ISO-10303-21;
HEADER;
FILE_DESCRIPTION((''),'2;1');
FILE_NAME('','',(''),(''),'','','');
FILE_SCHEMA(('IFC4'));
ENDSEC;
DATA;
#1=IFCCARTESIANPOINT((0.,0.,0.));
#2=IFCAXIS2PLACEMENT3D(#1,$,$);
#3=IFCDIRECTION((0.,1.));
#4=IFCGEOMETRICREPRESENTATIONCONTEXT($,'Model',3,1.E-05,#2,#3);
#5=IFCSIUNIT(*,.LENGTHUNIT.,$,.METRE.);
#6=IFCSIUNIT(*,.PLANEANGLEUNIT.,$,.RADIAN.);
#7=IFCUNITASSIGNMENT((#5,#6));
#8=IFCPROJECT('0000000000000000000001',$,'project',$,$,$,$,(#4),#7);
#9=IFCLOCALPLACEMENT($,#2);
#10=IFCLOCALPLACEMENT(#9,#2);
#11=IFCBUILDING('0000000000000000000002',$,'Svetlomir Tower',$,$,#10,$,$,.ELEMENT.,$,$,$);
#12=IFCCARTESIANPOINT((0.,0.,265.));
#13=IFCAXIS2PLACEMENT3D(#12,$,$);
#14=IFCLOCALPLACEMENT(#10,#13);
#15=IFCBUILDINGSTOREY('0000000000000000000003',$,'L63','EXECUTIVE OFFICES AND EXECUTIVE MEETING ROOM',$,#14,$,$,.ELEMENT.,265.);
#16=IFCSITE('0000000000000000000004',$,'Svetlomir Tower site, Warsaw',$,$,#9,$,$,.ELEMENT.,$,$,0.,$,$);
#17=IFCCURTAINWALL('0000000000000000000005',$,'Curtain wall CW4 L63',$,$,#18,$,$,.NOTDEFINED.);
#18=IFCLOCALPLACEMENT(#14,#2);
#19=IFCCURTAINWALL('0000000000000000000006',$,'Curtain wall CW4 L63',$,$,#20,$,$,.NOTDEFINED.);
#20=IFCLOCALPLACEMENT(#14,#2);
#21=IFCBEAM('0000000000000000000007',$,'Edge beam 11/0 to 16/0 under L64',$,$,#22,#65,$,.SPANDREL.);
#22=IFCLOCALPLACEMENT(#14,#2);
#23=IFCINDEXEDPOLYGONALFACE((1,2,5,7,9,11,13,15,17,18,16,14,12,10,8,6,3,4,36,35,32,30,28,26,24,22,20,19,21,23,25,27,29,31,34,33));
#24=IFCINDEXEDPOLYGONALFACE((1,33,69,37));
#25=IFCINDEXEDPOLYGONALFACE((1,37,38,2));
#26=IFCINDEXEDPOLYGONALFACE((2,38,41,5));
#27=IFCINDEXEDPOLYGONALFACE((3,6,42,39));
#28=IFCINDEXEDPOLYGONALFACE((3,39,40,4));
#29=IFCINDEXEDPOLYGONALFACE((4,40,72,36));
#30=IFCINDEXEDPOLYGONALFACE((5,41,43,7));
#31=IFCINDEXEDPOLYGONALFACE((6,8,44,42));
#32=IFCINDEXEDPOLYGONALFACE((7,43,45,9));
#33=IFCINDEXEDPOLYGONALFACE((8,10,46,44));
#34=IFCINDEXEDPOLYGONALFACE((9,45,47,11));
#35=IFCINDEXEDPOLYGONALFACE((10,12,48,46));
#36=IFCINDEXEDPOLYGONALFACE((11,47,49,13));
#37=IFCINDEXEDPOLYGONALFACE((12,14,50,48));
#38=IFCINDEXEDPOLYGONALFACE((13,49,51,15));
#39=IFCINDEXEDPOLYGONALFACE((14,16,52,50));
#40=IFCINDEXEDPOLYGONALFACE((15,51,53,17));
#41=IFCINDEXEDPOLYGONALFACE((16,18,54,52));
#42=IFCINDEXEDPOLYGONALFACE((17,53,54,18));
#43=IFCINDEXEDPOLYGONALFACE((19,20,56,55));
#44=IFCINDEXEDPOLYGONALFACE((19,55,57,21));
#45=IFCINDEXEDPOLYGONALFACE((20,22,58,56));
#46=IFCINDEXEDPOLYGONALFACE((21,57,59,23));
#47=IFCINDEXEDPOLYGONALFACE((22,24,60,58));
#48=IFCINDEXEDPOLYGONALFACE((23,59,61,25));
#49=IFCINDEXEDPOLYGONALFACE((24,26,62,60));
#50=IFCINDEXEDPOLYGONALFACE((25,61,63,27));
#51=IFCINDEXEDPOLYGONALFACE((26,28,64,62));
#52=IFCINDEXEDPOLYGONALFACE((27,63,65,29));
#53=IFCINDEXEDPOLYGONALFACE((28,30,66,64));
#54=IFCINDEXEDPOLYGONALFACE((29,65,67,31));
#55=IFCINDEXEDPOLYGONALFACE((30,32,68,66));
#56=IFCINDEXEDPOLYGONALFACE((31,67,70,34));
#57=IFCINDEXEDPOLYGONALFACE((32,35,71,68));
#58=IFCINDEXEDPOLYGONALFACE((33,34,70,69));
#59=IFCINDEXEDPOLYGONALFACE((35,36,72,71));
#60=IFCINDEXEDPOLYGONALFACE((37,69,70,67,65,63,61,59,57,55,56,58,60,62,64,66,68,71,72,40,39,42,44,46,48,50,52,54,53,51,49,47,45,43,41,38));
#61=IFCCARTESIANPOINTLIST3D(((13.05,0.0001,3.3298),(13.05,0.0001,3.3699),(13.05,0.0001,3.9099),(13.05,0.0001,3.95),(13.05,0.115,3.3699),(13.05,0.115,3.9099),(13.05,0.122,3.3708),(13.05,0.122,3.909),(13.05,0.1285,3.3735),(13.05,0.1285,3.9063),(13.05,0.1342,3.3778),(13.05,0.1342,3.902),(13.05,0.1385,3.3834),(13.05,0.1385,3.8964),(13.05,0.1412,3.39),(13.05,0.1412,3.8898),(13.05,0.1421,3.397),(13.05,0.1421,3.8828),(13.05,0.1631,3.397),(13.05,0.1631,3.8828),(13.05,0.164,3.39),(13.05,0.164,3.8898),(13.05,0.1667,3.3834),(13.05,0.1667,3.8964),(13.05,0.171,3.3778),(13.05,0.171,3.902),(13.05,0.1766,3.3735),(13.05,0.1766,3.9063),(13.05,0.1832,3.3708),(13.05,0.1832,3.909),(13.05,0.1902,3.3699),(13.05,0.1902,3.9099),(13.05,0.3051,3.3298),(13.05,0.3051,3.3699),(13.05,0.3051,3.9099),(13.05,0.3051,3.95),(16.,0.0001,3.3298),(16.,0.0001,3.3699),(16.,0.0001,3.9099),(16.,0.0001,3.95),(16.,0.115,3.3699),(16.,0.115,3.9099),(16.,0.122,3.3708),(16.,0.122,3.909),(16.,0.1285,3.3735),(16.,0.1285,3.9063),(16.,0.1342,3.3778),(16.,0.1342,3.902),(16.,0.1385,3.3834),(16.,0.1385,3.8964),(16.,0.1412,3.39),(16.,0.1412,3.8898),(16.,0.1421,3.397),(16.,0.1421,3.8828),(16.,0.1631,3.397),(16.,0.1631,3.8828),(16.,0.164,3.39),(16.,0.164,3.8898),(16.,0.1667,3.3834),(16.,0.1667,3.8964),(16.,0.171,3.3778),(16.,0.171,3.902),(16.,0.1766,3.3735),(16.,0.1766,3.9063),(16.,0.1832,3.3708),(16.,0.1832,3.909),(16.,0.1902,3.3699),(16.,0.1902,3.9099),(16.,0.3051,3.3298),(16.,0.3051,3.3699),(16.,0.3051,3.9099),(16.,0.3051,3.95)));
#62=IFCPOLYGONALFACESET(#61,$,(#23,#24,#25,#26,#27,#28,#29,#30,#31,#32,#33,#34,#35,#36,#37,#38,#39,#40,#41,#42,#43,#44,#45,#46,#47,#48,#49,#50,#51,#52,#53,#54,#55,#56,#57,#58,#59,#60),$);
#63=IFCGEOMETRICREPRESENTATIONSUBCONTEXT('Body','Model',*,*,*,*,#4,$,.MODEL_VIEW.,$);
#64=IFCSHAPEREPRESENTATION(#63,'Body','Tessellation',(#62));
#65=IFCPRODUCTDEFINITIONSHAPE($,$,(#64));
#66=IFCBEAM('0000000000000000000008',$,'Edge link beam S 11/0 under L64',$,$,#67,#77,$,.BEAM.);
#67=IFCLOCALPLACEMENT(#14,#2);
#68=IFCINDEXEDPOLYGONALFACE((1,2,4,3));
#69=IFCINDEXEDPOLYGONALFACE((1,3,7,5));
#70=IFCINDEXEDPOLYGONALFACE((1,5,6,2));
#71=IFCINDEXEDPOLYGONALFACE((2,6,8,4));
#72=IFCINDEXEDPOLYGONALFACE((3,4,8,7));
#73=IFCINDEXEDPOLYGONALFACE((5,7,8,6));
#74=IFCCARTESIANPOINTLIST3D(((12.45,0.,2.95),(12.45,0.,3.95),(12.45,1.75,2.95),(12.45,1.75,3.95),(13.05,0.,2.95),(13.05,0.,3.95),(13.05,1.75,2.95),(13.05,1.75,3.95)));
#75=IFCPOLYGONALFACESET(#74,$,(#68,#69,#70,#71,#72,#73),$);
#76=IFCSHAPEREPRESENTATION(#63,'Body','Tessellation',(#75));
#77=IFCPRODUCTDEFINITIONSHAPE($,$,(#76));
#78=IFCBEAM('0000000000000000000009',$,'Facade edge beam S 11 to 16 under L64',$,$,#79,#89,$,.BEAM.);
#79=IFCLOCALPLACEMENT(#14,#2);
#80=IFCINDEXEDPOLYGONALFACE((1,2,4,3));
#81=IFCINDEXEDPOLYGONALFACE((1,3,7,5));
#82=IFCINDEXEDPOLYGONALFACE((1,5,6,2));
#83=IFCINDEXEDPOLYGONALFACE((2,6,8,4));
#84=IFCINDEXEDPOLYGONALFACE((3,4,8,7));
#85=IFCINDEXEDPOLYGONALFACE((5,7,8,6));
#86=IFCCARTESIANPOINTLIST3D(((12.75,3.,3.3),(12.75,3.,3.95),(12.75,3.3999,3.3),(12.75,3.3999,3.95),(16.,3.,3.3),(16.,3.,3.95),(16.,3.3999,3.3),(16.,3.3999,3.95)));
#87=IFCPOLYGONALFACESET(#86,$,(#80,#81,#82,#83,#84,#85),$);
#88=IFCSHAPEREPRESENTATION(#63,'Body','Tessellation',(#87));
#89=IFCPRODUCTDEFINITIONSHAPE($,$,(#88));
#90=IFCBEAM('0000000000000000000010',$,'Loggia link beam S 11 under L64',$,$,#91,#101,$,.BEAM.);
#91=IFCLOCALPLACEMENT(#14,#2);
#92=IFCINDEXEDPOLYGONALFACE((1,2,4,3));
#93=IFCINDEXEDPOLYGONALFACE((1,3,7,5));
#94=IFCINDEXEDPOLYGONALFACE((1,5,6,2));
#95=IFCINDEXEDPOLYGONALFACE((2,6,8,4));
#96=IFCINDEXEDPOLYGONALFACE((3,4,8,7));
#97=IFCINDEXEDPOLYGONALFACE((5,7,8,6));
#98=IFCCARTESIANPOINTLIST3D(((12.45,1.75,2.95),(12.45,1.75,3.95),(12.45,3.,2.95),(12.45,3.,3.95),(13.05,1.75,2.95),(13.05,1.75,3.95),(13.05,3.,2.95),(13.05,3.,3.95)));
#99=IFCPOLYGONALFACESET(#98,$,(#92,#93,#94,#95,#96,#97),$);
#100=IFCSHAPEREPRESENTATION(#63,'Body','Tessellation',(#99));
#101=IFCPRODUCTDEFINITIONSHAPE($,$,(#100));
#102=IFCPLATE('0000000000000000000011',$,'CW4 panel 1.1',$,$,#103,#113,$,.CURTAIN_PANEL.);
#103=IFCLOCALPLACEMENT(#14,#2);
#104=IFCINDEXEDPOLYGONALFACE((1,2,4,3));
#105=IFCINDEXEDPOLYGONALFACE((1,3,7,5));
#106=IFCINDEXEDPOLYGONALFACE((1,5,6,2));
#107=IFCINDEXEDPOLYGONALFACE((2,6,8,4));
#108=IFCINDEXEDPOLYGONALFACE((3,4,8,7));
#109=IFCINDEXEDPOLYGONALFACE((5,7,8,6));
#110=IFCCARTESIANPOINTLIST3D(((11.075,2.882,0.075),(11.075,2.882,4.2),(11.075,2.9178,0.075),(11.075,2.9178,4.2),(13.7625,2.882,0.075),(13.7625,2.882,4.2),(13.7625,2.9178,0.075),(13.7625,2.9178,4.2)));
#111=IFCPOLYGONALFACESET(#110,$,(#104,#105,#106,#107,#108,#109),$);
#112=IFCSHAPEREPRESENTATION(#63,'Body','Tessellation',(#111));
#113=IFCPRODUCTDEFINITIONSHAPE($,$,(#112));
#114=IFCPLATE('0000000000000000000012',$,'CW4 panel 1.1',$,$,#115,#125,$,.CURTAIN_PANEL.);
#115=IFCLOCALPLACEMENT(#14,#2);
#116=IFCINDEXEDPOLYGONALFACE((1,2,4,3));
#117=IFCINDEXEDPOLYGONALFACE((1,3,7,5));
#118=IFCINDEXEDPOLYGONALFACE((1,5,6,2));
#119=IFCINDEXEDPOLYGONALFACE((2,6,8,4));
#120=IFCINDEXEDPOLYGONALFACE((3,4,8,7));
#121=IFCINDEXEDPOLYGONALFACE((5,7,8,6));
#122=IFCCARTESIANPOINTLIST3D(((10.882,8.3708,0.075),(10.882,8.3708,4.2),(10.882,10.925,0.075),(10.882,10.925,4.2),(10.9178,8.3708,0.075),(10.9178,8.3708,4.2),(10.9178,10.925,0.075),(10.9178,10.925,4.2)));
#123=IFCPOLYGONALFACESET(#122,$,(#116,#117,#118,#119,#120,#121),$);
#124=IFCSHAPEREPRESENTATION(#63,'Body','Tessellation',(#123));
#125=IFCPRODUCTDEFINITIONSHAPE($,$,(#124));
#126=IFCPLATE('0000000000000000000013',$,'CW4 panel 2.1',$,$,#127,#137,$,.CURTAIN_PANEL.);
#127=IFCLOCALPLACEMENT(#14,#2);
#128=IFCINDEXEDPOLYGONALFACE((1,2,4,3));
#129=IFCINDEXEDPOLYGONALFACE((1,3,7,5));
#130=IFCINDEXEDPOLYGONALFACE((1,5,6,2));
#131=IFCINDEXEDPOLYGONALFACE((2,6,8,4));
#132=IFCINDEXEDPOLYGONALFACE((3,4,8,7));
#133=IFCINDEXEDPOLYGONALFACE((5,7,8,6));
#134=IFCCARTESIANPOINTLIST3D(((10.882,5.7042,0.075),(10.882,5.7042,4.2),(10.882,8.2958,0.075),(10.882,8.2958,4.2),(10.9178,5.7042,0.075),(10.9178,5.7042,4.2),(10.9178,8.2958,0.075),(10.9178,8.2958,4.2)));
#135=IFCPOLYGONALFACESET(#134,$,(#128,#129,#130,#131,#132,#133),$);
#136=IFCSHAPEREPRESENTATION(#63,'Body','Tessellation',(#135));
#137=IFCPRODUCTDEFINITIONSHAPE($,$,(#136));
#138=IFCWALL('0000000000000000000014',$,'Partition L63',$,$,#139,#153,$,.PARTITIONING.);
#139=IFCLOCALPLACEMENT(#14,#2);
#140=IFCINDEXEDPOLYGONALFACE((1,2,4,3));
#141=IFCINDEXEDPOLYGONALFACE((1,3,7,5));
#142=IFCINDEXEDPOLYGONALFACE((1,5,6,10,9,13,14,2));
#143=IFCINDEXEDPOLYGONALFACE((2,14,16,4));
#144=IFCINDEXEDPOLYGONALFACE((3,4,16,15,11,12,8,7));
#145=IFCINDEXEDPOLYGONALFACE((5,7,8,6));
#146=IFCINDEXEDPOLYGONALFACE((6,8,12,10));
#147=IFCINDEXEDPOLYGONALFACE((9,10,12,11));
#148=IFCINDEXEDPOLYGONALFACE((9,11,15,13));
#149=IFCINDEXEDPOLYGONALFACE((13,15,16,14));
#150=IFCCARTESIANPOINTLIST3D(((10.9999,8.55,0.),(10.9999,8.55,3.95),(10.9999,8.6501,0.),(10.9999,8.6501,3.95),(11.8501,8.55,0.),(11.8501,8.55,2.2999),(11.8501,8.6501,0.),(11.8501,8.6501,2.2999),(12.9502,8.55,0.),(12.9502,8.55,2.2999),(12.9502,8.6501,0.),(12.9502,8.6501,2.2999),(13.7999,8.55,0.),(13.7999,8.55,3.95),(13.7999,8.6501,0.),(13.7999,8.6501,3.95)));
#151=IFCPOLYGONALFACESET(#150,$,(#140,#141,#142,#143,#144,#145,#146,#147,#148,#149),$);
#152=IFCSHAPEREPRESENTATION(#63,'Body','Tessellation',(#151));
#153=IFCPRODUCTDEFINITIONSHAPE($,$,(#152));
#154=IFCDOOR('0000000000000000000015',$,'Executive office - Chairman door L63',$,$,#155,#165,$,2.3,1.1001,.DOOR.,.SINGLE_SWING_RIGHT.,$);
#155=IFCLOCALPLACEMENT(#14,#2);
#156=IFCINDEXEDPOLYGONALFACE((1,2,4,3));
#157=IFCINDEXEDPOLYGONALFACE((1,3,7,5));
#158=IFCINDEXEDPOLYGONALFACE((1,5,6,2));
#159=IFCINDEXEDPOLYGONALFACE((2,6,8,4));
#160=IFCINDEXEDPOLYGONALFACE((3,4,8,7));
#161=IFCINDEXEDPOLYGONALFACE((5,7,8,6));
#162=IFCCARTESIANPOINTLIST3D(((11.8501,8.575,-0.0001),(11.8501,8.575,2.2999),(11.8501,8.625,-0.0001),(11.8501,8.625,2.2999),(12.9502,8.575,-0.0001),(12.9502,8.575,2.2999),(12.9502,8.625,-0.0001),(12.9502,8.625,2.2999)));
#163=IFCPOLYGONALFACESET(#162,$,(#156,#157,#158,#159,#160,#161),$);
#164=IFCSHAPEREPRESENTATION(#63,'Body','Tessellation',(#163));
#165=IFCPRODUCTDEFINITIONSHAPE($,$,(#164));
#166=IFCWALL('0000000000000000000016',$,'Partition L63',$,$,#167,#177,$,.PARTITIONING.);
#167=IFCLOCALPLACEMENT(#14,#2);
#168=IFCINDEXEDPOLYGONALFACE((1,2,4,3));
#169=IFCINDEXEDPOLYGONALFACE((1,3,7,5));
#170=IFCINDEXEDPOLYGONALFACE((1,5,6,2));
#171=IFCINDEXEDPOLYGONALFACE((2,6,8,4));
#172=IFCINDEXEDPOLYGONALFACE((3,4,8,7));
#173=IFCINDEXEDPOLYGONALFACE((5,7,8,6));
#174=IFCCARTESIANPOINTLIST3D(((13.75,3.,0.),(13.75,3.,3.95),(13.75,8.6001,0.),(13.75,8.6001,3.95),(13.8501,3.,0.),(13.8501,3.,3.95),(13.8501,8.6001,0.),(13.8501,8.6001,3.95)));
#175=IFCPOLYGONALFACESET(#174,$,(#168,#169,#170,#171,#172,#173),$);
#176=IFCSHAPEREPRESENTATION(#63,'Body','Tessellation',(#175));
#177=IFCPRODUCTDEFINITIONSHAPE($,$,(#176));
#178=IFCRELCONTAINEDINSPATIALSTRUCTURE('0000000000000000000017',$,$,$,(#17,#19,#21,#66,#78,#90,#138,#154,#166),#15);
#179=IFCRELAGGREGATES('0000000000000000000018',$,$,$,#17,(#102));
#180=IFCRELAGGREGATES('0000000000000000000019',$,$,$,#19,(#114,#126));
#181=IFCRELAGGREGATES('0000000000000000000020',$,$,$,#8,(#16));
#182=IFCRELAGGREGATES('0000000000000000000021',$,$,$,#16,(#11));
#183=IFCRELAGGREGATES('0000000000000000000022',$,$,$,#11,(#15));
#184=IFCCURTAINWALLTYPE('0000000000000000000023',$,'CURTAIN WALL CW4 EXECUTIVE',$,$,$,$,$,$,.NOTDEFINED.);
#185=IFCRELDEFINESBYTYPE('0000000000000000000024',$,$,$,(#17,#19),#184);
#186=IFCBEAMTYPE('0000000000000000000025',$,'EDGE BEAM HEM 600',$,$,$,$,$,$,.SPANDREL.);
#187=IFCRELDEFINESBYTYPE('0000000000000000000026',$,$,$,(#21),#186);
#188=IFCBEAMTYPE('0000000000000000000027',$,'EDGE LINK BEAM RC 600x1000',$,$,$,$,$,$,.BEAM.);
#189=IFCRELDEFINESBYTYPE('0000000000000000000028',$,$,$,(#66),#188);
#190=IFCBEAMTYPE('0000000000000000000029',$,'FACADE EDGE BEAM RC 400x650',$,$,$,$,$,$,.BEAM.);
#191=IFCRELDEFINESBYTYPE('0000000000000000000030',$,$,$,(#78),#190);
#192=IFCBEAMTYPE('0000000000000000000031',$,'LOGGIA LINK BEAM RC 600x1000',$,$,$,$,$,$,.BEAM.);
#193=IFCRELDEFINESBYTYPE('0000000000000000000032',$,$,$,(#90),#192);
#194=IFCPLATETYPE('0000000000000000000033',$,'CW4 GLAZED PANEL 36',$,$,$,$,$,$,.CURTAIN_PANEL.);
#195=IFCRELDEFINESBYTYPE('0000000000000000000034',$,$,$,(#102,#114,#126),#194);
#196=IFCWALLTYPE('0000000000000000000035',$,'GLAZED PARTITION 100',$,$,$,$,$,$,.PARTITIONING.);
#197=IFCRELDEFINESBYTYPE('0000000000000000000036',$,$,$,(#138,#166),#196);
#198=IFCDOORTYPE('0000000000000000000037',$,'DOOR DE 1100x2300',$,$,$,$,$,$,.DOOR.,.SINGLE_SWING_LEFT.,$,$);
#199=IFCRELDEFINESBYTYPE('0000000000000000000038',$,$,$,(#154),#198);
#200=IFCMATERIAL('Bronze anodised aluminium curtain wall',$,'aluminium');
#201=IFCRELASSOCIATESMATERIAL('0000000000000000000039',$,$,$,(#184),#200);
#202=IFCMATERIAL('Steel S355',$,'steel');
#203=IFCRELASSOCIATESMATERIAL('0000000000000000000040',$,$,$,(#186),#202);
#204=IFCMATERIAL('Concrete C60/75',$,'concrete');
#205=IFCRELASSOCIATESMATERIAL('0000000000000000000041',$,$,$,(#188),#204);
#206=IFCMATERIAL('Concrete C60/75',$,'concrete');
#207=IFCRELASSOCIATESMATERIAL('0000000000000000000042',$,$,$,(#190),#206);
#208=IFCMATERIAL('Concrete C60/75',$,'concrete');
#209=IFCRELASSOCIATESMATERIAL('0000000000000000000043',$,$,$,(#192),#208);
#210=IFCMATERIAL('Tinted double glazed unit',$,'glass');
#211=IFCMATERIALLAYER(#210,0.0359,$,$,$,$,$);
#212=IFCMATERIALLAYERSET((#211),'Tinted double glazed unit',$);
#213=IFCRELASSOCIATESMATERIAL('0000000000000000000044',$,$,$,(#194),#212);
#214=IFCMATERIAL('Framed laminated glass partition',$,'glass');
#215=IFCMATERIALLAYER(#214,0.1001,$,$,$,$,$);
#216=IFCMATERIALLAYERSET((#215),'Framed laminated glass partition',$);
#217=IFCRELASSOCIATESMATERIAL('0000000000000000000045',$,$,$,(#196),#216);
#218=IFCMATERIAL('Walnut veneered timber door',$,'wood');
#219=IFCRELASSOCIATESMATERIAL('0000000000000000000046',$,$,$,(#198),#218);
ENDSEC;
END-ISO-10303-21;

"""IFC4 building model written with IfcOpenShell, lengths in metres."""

from ifc_helpers import new_model, si_unit, direction, frame, frame_2d, origin, origin_2d, place, context, subcontext, project, spatial, rectangle, i_section, extrude, material, layer, layer_set, material_profile, profile_set, type_object, element, fill, aggregate, save


model = new_model("IFC4")

# Units and contexts
model_context = context("Model", 3, precision=1e-05, world=origin(), true_north=direction((0.0, 1.0)))
body_context = subcontext(model_context, "Body", "Model", "MODEL_VIEW")
ifc_project = project(units=[si_unit("LENGTHUNIT", "METRE"), si_unit("PLANEANGLEUNIT", "RADIAN")], contexts=[model_context])

# Site, building, storey
site_placement = place(None, origin())
site = spatial("IfcSite", under=ifc_project, at=site_placement, Name="Svetlomir Tower site, Warsaw", CompositionType="ELEMENT", RefElevation=0.0)
building_placement = place(site_placement, origin())
building = spatial("IfcBuilding", under=site, at=building_placement, Name="Svetlomir Tower", CompositionType="ELEMENT")
storey_placement = place(building_placement, frame((0.0, 0.0, 265.0)))
storey = spatial("IfcBuildingStorey", under=building, at=storey_placement, Name="L63", Description="EXECUTIVE OFFICES AND EXECUTIVE MEETING ROOM", CompositionType="ELEMENT", Elevation=265.0)

# Curtain wall
ifc_material_1 = material(Name="Bronze anodised aluminium curtain wall", Category="aluminium")
curtain_wall_type = type_object("IfcCurtainWallType", Name="CURTAIN WALL CW4 EXECUTIVE", PredefinedType="NOTDEFINED", material=ifc_material_1)
curtain_wall_1_placement = place(storey_placement, origin())
curtain_wall_1 = element("IfcCurtainWall", 1, at=curtain_wall_1_placement, inside=storey, type_object=curtain_wall_type, Name="Curtain wall CW4 L63", PredefinedType="NOTDEFINED")

# Curtain wall
curtain_wall_2_placement = place(storey_placement, origin())
curtain_wall_2 = element("IfcCurtainWall", 2, at=curtain_wall_2_placement, inside=storey, type_object=curtain_wall_type, Name="Curtain wall CW4 L63", PredefinedType="NOTDEFINED")

# Beams
ifc_material_2 = material(Name="Steel S355", Category="steel")
ifc_material_profile_1 = material_profile(ifc_material_2, i_section(OverallWidth=0.3049, OverallDepth=0.6201, WebThickness=0.021, FlangeThickness=0.04, FilletRadius=0.0271, at=origin_2d()), Name="HEM 600")
ifc_profile_set_1 = profile_set([ifc_material_profile_1], Name="Steel S355")
beam_type_1 = type_object("IfcBeamType", Name="EDGE BEAM HEM 600", PredefinedType="SPANDREL", material=ifc_profile_set_1)
beam_1_placement = place(storey_placement, frame((13.05, 0.1526, 3.6399), z_axis=(1.0, 0.0, 0.0), x_axis=(0.0, 1.0, 0.0)))
element("IfcBeam", 3, at=beam_1_placement, inside=storey, type_object=beam_type_1, Name="Edge beam 11/0 to 16/0 under L64", PredefinedType="SPANDREL", context=body_context, shape_type="SweptSolid", body=[
    extrude(i_section(OverallWidth=0.3049, OverallDepth=0.6201, WebThickness=0.021, FlangeThickness=0.04, FilletRadius=0.0271, at=origin_2d()), origin(), (0.0, 0.0, 1.0), 2.95),
])
ifc_material_3 = material(Name="Concrete C60/75", Category="concrete")
ifc_material_profile_2 = material_profile(ifc_material_3, rectangle(XDim=0.6001, YDim=1.0, at=origin_2d()), Name="RC 600x1000")
ifc_profile_set_2 = profile_set([ifc_material_profile_2], Name="Concrete C60/75")
beam_type_2 = type_object("IfcBeamType", Name="EDGE LINK BEAM RC 600x1000", PredefinedType="BEAM", material=ifc_profile_set_2)
beam_2_placement = place(storey_placement, frame((12.75, 1.75, 3.45), z_axis=(0.0, -1.0, 0.0), x_axis=(1.0, 0.0, 0.0)))
element("IfcBeam", 4, at=beam_2_placement, inside=storey, type_object=beam_type_2, Name="Edge link beam S 11/0 under L64", PredefinedType="BEAM", context=body_context, shape_type="SweptSolid", body=[
    extrude(rectangle(XDim=0.6001, YDim=1.0, at=origin_2d()), origin(), (0.0, 0.0, 1.0), 1.75),
])
ifc_material_4 = material(Name="Concrete C60/75", Category="concrete")
ifc_material_profile_3 = material_profile(ifc_material_4, rectangle(XDim=0.3999, YDim=0.6499, at=origin_2d()), Name="RC 400x650")
ifc_profile_set_3 = profile_set([ifc_material_profile_3], Name="Concrete C60/75")
beam_type_3 = type_object("IfcBeamType", Name="FACADE EDGE BEAM RC 400x650", PredefinedType="BEAM", material=ifc_profile_set_3)
beam_3_placement = place(storey_placement, frame((12.75, 3.2, 3.625), z_axis=(1.0, 0.0, 0.0), x_axis=(0.0, 1.0, 0.0)))
element("IfcBeam", 5, at=beam_3_placement, inside=storey, type_object=beam_type_3, Name="Facade edge beam S 11 to 16 under L64", PredefinedType="BEAM", context=body_context, shape_type="SweptSolid", body=[
    extrude(rectangle(XDim=0.3999, YDim=0.6499, at=origin_2d()), origin(), (0.0, 0.0, 1.0), 3.25),
])
ifc_material_5 = material(Name="Concrete C60/75", Category="concrete")
ifc_material_profile_4 = material_profile(ifc_material_5, rectangle(XDim=0.6001, YDim=1.0, at=origin_2d()), Name="RC 600x1000")
ifc_profile_set_4 = profile_set([ifc_material_profile_4], Name="Concrete C60/75")
beam_type_4 = type_object("IfcBeamType", Name="LOGGIA LINK BEAM RC 600x1000", PredefinedType="BEAM", material=ifc_profile_set_4)
beam_4_placement = place(storey_placement, frame((12.75, 1.75, 3.45), z_axis=(0.0, 1.0, 0.0), x_axis=(-1.0, 0.0, 0.0)))
element("IfcBeam", 6, at=beam_4_placement, inside=storey, type_object=beam_type_4, Name="Loggia link beam S 11 under L64", PredefinedType="BEAM", context=body_context, shape_type="SweptSolid", body=[
    extrude(rectangle(XDim=0.6001, YDim=1.0, at=origin_2d()), origin(), (0.0, 0.0, 1.0), 1.25),
])

# Plates
ifc_material_6 = material(Name="Tinted double glazed unit", Category="glass")
ifc_layer_1 = layer(ifc_material_6, 0.0359)
ifc_layer_set_1 = layer_set([ifc_layer_1], Name="Tinted double glazed unit")
plate_type = type_object("IfcPlateType", Name="CW4 GLAZED PANEL 36", PredefinedType="CURTAIN_PANEL", material=ifc_layer_set_1)
plate_1_placement = place(storey_placement, frame((12.4187, 2.8999, 0.075), z_axis=(0.0, 0.0, 1.0), x_axis=(1.0, 0.0, 0.0)))
plate_1 = element("IfcPlate", 7, at=plate_1_placement, type_object=plate_type, Name="CW4 panel 1.1", PredefinedType="CURTAIN_PANEL", context=body_context, shape_type="SweptSolid", body=[
    extrude(rectangle(XDim=2.6875, YDim=0.0359, at=origin_2d()), origin(), (0.0, 0.0, 1.0), 4.125),
])
aggregate(curtain_wall_1, [plate_1])
plate_2_placement = place(storey_placement, frame((10.8999, 9.6479, 0.075), z_axis=(0.0, 0.0, 1.0), x_axis=(0.0, -1.0, 0.0)))
plate_2 = element("IfcPlate", 8, at=plate_2_placement, type_object=plate_type, Name="CW4 panel 1.1", PredefinedType="CURTAIN_PANEL", context=body_context, shape_type="SweptSolid", body=[
    extrude(rectangle(XDim=2.5542, YDim=0.0359, at=origin_2d()), origin(), (0.0, 0.0, 1.0), 4.125),
])
plate_3_placement = place(storey_placement, frame((10.8999, 7.0, 0.075), z_axis=(0.0, 0.0, 1.0), x_axis=(0.0, -1.0, 0.0)))
plate_3 = element("IfcPlate", 9, at=plate_3_placement, type_object=plate_type, Name="CW4 panel 2.1", PredefinedType="CURTAIN_PANEL", context=body_context, shape_type="SweptSolid", body=[
    extrude(rectangle(XDim=2.5916, YDim=0.0359, at=origin_2d()), origin(), (0.0, 0.0, 1.0), 4.125),
])
aggregate(curtain_wall_2, [plate_2, plate_3])

# Wall, opening, door
ifc_material_7 = material(Name="Framed laminated glass partition", Category="glass")
ifc_layer_2 = layer(ifc_material_7, 0.1001)
ifc_layer_set_2 = layer_set([ifc_layer_2], Name="Framed laminated glass partition")
wall_type = type_object("IfcWallType", Name="GLAZED PARTITION 100", PredefinedType="PARTITIONING", material=ifc_layer_set_2)
wall_1_placement = place(storey_placement, frame((11.0, 8.6001, 0.0), z_axis=(0.0, 0.0, 1.0), x_axis=(1.0, 0.0, 0.0)))
wall_1 = element("IfcWall", 10, at=wall_1_placement, inside=storey, type_object=wall_type, Name="Partition L63", PredefinedType="PARTITIONING", context=body_context, shape_type="SweptSolid", body=[
    extrude(rectangle(XDim=2.8, YDim=0.1001, at=frame_2d((1.3999, 0.0))), origin(), (0.0, 0.0, 1.0), 3.95),
])
opening_1_placement = place(wall_1_placement, frame((0.8501, 0.0, 0.0)))
opening_1 = element("IfcOpeningElement", 11, at=opening_1_placement, cuts=wall_1, PredefinedType="OPENING", context=body_context, shape_type="SweptSolid", body=[
    extrude(rectangle(XDim=1.1001, YDim=2.3, at=frame_2d((0.55, 1.1499))), frame((0.0, 0.0601, 0.0), z_axis=(0.0, -1.0, 0.0), x_axis=(1.0, 0.0, 0.0)), (0.0, 0.0, 1.0), 0.1201),
])
ifc_material_8 = material(Name="Walnut veneered timber door", Category="wood")
door_type_1 = type_object("IfcDoorType", Name="DOOR DE 1100x2300", OperationType="SINGLE_SWING_LEFT", PredefinedType="DOOR", material=ifc_material_8)
door_1_placement = place(opening_1_placement, origin())
door_1 = element("IfcDoor", 12, at=door_1_placement, inside=storey, type_object=door_type_1, Name="Executive office - Chairman door L63", OperationType="SINGLE_SWING_RIGHT", OverallHeight=2.3, OverallWidth=1.1001, PredefinedType="DOOR", context=body_context, shape_type="SweptSolid", body=[
    extrude(rectangle(XDim=1.1001, YDim=2.3, at=frame_2d((0.55, 1.1499))), frame((0.0, 0.0249, 0.0), z_axis=(0.0, -1.0, 0.0), x_axis=(1.0, 0.0, 0.0)), (0.0, 0.0, 1.0), 0.05),
])
fill(opening_1, door_1)

# Wall
wall_2_placement = place(storey_placement, frame((13.8, 3.0, 0.0), z_axis=(0.0, 0.0, 1.0), x_axis=(0.0, 1.0, 0.0)))
element("IfcWall", 13, at=wall_2_placement, inside=storey, type_object=wall_type, Name="Partition L63", PredefinedType="PARTITIONING", context=body_context, shape_type="SweptSolid", body=[
    extrude(rectangle(XDim=5.6001, YDim=0.1001, at=frame_2d((2.8, 0.0))), origin(), (0.0, 0.0, 1.0), 3.95),
])

save(model, "model.ifc")
